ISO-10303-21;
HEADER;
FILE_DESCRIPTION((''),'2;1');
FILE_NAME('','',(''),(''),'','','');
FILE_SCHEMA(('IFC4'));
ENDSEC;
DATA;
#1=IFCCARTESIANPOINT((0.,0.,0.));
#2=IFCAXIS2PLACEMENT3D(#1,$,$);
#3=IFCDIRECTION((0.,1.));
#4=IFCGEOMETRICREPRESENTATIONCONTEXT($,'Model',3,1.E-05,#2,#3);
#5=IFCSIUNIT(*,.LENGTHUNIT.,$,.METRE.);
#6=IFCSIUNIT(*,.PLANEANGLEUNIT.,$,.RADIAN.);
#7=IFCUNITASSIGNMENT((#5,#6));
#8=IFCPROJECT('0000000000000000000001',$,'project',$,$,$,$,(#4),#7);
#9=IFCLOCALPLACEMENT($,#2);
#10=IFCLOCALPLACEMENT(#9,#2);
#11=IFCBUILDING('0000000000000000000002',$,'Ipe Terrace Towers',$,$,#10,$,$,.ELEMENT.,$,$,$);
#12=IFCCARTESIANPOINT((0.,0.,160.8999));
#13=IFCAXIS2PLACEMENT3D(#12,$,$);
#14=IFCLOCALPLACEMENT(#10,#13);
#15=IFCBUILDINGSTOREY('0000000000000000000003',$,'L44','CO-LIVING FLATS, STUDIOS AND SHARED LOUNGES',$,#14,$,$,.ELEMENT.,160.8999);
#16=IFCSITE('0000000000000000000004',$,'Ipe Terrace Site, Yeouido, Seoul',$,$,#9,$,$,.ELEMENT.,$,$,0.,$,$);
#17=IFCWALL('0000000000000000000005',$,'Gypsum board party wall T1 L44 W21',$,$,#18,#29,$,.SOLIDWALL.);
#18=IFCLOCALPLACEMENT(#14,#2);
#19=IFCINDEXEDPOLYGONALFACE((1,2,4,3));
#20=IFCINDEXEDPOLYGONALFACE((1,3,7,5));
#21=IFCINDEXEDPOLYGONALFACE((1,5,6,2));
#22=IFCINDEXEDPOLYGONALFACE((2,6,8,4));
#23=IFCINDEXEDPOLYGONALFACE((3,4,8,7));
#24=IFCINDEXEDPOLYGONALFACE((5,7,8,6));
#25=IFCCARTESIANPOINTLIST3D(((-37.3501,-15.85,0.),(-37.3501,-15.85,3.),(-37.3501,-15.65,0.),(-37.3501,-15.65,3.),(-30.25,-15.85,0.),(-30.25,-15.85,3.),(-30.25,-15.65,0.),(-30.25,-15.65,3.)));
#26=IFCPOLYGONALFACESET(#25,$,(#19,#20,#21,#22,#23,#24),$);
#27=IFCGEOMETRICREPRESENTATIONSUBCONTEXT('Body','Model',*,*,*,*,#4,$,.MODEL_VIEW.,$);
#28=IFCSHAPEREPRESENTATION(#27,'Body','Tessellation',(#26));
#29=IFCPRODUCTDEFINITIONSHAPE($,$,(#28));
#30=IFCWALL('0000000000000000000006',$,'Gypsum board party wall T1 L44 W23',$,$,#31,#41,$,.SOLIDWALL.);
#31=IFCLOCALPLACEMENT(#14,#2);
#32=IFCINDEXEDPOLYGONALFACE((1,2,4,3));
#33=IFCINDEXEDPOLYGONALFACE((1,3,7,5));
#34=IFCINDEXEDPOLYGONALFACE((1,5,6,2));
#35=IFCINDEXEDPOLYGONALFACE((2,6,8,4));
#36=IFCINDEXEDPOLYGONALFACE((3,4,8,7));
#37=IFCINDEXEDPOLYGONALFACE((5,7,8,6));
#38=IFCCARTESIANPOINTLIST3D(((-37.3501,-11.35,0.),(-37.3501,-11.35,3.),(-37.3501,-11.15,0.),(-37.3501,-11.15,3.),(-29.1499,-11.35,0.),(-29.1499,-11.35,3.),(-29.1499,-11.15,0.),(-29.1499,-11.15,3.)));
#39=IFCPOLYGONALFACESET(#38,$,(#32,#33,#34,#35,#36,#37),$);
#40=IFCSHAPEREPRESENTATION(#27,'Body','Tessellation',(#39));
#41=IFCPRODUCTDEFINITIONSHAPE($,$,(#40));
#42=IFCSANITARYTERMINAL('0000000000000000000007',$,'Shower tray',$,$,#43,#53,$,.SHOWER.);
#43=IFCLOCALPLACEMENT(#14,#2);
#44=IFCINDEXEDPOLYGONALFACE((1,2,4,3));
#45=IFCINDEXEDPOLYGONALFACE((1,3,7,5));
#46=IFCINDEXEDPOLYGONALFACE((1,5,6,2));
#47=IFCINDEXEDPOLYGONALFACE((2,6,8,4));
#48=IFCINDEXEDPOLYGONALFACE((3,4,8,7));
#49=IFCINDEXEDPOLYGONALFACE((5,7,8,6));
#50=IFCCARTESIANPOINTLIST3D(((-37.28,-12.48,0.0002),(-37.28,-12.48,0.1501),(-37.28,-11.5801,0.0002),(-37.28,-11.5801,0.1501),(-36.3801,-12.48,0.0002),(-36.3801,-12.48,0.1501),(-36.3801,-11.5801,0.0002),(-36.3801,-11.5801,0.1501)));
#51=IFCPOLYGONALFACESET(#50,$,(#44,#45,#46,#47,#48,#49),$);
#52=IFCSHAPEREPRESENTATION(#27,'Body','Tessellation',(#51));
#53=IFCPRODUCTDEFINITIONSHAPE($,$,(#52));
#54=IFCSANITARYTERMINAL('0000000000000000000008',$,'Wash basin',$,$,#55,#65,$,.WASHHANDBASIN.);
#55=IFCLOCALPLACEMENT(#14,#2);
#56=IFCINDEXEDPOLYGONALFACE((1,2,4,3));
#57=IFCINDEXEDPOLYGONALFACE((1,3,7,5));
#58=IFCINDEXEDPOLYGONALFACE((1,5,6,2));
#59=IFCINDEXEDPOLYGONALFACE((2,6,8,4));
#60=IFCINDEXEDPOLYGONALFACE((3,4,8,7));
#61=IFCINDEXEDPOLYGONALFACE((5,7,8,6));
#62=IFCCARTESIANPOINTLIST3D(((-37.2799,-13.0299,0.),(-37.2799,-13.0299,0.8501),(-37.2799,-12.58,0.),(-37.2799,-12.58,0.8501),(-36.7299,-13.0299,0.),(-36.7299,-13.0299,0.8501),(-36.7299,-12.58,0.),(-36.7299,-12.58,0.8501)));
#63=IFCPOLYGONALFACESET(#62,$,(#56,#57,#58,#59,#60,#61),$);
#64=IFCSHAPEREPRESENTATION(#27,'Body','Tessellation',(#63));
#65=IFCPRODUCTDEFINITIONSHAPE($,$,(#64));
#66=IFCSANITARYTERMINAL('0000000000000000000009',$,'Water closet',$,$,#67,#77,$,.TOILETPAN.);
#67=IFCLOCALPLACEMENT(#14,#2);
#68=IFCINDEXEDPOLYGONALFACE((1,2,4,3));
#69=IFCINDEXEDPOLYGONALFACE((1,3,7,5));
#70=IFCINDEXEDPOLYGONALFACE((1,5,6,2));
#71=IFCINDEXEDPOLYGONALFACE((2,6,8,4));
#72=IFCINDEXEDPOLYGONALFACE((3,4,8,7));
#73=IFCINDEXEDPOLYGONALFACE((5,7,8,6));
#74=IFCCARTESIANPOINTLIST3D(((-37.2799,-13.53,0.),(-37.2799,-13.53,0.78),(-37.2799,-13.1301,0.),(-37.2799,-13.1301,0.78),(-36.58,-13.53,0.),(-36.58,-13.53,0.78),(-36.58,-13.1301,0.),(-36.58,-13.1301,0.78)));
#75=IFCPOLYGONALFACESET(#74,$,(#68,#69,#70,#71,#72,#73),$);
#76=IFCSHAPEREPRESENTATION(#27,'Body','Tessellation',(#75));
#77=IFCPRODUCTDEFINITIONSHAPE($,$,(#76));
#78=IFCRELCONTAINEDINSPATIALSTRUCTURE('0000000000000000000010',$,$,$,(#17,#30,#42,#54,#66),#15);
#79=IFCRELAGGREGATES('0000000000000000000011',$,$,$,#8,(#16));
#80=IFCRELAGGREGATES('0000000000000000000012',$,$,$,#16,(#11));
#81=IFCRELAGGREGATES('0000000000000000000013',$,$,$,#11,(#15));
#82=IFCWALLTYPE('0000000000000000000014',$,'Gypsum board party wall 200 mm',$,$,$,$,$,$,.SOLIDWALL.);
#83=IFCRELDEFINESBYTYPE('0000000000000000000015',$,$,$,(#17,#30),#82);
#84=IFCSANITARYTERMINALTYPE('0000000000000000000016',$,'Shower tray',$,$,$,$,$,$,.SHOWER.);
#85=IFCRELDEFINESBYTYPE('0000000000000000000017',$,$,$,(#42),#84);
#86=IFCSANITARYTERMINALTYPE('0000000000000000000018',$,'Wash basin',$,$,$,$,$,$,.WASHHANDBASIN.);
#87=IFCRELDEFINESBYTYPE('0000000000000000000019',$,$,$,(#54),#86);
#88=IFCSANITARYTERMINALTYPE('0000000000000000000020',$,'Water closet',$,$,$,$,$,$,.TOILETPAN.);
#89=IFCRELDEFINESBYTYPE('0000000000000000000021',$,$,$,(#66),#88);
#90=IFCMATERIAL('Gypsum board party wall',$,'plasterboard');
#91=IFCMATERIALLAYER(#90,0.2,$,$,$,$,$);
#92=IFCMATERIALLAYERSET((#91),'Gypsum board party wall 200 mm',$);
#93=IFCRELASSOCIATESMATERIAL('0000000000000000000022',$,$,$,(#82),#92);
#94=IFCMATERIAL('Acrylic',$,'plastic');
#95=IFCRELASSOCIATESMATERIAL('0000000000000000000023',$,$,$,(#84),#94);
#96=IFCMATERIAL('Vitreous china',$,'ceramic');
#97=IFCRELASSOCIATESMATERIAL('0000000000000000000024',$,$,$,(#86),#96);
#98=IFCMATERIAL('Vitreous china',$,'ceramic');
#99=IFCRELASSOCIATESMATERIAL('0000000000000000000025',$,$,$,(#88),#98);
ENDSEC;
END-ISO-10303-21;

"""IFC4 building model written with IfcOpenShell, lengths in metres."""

from ifc_helpers import new_model, si_unit, direction, frame, frame_2d, origin, origin_2d, place, context, subcontext, project, spatial, rectangle, extrude, material, layer, layer_set, type_object, element, save


model = new_model("IFC4")

# Units and contexts
model_context = context("Model", 3, precision=1e-05, world=origin(), true_north=direction((0.0, 1.0)))
body_context = subcontext(model_context, "Body", "Model", "MODEL_VIEW")
ifc_project = project(units=[si_unit("LENGTHUNIT", "METRE"), si_unit("PLANEANGLEUNIT", "RADIAN")], contexts=[model_context])

# Site, building, storey
site_placement = place(None, origin())
site = spatial("IfcSite", under=ifc_project, at=site_placement, Name="Ipe Terrace Site, Yeouido, Seoul", CompositionType="ELEMENT", RefElevation=0.0)
building_placement = place(site_placement, origin())
building = spatial("IfcBuilding", under=site, at=building_placement, Name="Ipe Terrace Towers", CompositionType="ELEMENT")
storey_placement = place(building_placement, frame((0.0, 0.0, 160.8999)))
storey = spatial("IfcBuildingStorey", under=building, at=storey_placement, Name="L44", Description="CO-LIVING FLATS, STUDIOS AND SHARED LOUNGES", CompositionType="ELEMENT", Elevation=160.8999)

# Shared definitions
ifc_material_1 = material(Name="Gypsum board party wall", Category="plasterboard")
ifc_layer_1 = layer(ifc_material_1, 0.2)
ifc_layer_set_1 = layer_set([ifc_layer_1], Name="Gypsum board party wall 200 mm")
wall_type_1 = type_object("IfcWallType", Name="Gypsum board party wall 200 mm", PredefinedType="SOLIDWALL", material=ifc_layer_set_1)

# Walls
wall_1_placement = place(storey_placement, frame((-37.3501, -15.75, 0.0), z_axis=(0.0, 0.0, 1.0), x_axis=(1.0, 0.0, 0.0)))
element("IfcWall", 1, at=wall_1_placement, inside=storey, type_object=wall_type_1, Name="Gypsum board party wall T1 L44 W21", PredefinedType="SOLIDWALL", context=body_context, shape_type="SweptSolid", body=[
    extrude(rectangle(XDim=7.1001, YDim=0.2, at=frame_2d((3.55, 0.0))), origin(), (0.0, 0.0, 1.0), 3.0),
])
wall_2_placement = place(storey_placement, frame((-37.3501, -11.25, 0.0), z_axis=(0.0, 0.0, 1.0), x_axis=(1.0, 0.0, 0.0)))
element("IfcWall", 2, at=wall_2_placement, inside=storey, type_object=wall_type_1, Name="Gypsum board party wall T1 L44 W23", PredefinedType="SOLIDWALL", context=body_context, shape_type="SweptSolid", body=[
    extrude(rectangle(XDim=8.2002, YDim=0.2, at=frame_2d((4.1001, 0.0))), origin(), (0.0, 0.0, 1.0), 3.0),
])

# Sanitary terminals
ifc_material_2 = material(Name="Acrylic", Category="plastic")
sanitary_terminal_type_1 = type_object("IfcSanitaryTerminalType", Name="Shower tray", PredefinedType="SHOWER", material=ifc_material_2)
sanitary_terminal_1_placement = place(storey_placement, frame((-36.8301, -12.03, 0.0002), z_axis=(0.0, 0.0, 1.0), x_axis=(1.0, 0.0, 0.0)))
element("IfcSanitaryTerminal", 3, at=sanitary_terminal_1_placement, inside=storey, type_object=sanitary_terminal_type_1, Name="Shower tray", PredefinedType="SHOWER", context=body_context, shape_type="SweptSolid", body=[
    extrude(rectangle(XDim=0.8999, YDim=0.8999, at=origin_2d()), origin(), (0.0, 0.0, 1.0), 0.1499),
])
ifc_material_3 = material(Name="Vitreous china", Category="ceramic")
sanitary_terminal_type_2 = type_object("IfcSanitaryTerminalType", Name="Wash basin", PredefinedType="WASHHANDBASIN", material=ifc_material_3)
sanitary_terminal_2_placement = place(storey_placement, frame((-37.0049, -12.8049, 0.0), z_axis=(0.0, 0.0, 1.0), x_axis=(1.0, 0.0, 0.0)))
element("IfcSanitaryTerminal", 4, at=sanitary_terminal_2_placement, inside=storey, type_object=sanitary_terminal_type_2, Name="Wash basin", PredefinedType="WASHHANDBASIN", context=body_context, shape_type="SweptSolid", body=[
    extrude(rectangle(XDim=0.55, YDim=0.45, at=origin_2d()), origin(), (0.0, 0.0, 1.0), 0.8501),
])
ifc_material_4 = material(Name="Vitreous china", Category="ceramic")
sanitary_terminal_type_3 = type_object("IfcSanitaryTerminalType", Name="Water closet", PredefinedType="TOILETPAN", material=ifc_material_4)
sanitary_terminal_3_placement = place(storey_placement, frame((-36.9299, -13.3301, 0.0), z_axis=(0.0, 0.0, 1.0), x_axis=(1.0, 0.0, 0.0)))
element("IfcSanitaryTerminal", 5, at=sanitary_terminal_3_placement, inside=storey, type_object=sanitary_terminal_type_3, Name="Water closet", PredefinedType="TOILETPAN", context=body_context, shape_type="SweptSolid", body=[
    extrude(rectangle(XDim=0.7, YDim=0.3999, at=origin_2d()), origin(), (0.0, 0.0, 1.0), 0.78),
])

save(model, "model.ifc")
